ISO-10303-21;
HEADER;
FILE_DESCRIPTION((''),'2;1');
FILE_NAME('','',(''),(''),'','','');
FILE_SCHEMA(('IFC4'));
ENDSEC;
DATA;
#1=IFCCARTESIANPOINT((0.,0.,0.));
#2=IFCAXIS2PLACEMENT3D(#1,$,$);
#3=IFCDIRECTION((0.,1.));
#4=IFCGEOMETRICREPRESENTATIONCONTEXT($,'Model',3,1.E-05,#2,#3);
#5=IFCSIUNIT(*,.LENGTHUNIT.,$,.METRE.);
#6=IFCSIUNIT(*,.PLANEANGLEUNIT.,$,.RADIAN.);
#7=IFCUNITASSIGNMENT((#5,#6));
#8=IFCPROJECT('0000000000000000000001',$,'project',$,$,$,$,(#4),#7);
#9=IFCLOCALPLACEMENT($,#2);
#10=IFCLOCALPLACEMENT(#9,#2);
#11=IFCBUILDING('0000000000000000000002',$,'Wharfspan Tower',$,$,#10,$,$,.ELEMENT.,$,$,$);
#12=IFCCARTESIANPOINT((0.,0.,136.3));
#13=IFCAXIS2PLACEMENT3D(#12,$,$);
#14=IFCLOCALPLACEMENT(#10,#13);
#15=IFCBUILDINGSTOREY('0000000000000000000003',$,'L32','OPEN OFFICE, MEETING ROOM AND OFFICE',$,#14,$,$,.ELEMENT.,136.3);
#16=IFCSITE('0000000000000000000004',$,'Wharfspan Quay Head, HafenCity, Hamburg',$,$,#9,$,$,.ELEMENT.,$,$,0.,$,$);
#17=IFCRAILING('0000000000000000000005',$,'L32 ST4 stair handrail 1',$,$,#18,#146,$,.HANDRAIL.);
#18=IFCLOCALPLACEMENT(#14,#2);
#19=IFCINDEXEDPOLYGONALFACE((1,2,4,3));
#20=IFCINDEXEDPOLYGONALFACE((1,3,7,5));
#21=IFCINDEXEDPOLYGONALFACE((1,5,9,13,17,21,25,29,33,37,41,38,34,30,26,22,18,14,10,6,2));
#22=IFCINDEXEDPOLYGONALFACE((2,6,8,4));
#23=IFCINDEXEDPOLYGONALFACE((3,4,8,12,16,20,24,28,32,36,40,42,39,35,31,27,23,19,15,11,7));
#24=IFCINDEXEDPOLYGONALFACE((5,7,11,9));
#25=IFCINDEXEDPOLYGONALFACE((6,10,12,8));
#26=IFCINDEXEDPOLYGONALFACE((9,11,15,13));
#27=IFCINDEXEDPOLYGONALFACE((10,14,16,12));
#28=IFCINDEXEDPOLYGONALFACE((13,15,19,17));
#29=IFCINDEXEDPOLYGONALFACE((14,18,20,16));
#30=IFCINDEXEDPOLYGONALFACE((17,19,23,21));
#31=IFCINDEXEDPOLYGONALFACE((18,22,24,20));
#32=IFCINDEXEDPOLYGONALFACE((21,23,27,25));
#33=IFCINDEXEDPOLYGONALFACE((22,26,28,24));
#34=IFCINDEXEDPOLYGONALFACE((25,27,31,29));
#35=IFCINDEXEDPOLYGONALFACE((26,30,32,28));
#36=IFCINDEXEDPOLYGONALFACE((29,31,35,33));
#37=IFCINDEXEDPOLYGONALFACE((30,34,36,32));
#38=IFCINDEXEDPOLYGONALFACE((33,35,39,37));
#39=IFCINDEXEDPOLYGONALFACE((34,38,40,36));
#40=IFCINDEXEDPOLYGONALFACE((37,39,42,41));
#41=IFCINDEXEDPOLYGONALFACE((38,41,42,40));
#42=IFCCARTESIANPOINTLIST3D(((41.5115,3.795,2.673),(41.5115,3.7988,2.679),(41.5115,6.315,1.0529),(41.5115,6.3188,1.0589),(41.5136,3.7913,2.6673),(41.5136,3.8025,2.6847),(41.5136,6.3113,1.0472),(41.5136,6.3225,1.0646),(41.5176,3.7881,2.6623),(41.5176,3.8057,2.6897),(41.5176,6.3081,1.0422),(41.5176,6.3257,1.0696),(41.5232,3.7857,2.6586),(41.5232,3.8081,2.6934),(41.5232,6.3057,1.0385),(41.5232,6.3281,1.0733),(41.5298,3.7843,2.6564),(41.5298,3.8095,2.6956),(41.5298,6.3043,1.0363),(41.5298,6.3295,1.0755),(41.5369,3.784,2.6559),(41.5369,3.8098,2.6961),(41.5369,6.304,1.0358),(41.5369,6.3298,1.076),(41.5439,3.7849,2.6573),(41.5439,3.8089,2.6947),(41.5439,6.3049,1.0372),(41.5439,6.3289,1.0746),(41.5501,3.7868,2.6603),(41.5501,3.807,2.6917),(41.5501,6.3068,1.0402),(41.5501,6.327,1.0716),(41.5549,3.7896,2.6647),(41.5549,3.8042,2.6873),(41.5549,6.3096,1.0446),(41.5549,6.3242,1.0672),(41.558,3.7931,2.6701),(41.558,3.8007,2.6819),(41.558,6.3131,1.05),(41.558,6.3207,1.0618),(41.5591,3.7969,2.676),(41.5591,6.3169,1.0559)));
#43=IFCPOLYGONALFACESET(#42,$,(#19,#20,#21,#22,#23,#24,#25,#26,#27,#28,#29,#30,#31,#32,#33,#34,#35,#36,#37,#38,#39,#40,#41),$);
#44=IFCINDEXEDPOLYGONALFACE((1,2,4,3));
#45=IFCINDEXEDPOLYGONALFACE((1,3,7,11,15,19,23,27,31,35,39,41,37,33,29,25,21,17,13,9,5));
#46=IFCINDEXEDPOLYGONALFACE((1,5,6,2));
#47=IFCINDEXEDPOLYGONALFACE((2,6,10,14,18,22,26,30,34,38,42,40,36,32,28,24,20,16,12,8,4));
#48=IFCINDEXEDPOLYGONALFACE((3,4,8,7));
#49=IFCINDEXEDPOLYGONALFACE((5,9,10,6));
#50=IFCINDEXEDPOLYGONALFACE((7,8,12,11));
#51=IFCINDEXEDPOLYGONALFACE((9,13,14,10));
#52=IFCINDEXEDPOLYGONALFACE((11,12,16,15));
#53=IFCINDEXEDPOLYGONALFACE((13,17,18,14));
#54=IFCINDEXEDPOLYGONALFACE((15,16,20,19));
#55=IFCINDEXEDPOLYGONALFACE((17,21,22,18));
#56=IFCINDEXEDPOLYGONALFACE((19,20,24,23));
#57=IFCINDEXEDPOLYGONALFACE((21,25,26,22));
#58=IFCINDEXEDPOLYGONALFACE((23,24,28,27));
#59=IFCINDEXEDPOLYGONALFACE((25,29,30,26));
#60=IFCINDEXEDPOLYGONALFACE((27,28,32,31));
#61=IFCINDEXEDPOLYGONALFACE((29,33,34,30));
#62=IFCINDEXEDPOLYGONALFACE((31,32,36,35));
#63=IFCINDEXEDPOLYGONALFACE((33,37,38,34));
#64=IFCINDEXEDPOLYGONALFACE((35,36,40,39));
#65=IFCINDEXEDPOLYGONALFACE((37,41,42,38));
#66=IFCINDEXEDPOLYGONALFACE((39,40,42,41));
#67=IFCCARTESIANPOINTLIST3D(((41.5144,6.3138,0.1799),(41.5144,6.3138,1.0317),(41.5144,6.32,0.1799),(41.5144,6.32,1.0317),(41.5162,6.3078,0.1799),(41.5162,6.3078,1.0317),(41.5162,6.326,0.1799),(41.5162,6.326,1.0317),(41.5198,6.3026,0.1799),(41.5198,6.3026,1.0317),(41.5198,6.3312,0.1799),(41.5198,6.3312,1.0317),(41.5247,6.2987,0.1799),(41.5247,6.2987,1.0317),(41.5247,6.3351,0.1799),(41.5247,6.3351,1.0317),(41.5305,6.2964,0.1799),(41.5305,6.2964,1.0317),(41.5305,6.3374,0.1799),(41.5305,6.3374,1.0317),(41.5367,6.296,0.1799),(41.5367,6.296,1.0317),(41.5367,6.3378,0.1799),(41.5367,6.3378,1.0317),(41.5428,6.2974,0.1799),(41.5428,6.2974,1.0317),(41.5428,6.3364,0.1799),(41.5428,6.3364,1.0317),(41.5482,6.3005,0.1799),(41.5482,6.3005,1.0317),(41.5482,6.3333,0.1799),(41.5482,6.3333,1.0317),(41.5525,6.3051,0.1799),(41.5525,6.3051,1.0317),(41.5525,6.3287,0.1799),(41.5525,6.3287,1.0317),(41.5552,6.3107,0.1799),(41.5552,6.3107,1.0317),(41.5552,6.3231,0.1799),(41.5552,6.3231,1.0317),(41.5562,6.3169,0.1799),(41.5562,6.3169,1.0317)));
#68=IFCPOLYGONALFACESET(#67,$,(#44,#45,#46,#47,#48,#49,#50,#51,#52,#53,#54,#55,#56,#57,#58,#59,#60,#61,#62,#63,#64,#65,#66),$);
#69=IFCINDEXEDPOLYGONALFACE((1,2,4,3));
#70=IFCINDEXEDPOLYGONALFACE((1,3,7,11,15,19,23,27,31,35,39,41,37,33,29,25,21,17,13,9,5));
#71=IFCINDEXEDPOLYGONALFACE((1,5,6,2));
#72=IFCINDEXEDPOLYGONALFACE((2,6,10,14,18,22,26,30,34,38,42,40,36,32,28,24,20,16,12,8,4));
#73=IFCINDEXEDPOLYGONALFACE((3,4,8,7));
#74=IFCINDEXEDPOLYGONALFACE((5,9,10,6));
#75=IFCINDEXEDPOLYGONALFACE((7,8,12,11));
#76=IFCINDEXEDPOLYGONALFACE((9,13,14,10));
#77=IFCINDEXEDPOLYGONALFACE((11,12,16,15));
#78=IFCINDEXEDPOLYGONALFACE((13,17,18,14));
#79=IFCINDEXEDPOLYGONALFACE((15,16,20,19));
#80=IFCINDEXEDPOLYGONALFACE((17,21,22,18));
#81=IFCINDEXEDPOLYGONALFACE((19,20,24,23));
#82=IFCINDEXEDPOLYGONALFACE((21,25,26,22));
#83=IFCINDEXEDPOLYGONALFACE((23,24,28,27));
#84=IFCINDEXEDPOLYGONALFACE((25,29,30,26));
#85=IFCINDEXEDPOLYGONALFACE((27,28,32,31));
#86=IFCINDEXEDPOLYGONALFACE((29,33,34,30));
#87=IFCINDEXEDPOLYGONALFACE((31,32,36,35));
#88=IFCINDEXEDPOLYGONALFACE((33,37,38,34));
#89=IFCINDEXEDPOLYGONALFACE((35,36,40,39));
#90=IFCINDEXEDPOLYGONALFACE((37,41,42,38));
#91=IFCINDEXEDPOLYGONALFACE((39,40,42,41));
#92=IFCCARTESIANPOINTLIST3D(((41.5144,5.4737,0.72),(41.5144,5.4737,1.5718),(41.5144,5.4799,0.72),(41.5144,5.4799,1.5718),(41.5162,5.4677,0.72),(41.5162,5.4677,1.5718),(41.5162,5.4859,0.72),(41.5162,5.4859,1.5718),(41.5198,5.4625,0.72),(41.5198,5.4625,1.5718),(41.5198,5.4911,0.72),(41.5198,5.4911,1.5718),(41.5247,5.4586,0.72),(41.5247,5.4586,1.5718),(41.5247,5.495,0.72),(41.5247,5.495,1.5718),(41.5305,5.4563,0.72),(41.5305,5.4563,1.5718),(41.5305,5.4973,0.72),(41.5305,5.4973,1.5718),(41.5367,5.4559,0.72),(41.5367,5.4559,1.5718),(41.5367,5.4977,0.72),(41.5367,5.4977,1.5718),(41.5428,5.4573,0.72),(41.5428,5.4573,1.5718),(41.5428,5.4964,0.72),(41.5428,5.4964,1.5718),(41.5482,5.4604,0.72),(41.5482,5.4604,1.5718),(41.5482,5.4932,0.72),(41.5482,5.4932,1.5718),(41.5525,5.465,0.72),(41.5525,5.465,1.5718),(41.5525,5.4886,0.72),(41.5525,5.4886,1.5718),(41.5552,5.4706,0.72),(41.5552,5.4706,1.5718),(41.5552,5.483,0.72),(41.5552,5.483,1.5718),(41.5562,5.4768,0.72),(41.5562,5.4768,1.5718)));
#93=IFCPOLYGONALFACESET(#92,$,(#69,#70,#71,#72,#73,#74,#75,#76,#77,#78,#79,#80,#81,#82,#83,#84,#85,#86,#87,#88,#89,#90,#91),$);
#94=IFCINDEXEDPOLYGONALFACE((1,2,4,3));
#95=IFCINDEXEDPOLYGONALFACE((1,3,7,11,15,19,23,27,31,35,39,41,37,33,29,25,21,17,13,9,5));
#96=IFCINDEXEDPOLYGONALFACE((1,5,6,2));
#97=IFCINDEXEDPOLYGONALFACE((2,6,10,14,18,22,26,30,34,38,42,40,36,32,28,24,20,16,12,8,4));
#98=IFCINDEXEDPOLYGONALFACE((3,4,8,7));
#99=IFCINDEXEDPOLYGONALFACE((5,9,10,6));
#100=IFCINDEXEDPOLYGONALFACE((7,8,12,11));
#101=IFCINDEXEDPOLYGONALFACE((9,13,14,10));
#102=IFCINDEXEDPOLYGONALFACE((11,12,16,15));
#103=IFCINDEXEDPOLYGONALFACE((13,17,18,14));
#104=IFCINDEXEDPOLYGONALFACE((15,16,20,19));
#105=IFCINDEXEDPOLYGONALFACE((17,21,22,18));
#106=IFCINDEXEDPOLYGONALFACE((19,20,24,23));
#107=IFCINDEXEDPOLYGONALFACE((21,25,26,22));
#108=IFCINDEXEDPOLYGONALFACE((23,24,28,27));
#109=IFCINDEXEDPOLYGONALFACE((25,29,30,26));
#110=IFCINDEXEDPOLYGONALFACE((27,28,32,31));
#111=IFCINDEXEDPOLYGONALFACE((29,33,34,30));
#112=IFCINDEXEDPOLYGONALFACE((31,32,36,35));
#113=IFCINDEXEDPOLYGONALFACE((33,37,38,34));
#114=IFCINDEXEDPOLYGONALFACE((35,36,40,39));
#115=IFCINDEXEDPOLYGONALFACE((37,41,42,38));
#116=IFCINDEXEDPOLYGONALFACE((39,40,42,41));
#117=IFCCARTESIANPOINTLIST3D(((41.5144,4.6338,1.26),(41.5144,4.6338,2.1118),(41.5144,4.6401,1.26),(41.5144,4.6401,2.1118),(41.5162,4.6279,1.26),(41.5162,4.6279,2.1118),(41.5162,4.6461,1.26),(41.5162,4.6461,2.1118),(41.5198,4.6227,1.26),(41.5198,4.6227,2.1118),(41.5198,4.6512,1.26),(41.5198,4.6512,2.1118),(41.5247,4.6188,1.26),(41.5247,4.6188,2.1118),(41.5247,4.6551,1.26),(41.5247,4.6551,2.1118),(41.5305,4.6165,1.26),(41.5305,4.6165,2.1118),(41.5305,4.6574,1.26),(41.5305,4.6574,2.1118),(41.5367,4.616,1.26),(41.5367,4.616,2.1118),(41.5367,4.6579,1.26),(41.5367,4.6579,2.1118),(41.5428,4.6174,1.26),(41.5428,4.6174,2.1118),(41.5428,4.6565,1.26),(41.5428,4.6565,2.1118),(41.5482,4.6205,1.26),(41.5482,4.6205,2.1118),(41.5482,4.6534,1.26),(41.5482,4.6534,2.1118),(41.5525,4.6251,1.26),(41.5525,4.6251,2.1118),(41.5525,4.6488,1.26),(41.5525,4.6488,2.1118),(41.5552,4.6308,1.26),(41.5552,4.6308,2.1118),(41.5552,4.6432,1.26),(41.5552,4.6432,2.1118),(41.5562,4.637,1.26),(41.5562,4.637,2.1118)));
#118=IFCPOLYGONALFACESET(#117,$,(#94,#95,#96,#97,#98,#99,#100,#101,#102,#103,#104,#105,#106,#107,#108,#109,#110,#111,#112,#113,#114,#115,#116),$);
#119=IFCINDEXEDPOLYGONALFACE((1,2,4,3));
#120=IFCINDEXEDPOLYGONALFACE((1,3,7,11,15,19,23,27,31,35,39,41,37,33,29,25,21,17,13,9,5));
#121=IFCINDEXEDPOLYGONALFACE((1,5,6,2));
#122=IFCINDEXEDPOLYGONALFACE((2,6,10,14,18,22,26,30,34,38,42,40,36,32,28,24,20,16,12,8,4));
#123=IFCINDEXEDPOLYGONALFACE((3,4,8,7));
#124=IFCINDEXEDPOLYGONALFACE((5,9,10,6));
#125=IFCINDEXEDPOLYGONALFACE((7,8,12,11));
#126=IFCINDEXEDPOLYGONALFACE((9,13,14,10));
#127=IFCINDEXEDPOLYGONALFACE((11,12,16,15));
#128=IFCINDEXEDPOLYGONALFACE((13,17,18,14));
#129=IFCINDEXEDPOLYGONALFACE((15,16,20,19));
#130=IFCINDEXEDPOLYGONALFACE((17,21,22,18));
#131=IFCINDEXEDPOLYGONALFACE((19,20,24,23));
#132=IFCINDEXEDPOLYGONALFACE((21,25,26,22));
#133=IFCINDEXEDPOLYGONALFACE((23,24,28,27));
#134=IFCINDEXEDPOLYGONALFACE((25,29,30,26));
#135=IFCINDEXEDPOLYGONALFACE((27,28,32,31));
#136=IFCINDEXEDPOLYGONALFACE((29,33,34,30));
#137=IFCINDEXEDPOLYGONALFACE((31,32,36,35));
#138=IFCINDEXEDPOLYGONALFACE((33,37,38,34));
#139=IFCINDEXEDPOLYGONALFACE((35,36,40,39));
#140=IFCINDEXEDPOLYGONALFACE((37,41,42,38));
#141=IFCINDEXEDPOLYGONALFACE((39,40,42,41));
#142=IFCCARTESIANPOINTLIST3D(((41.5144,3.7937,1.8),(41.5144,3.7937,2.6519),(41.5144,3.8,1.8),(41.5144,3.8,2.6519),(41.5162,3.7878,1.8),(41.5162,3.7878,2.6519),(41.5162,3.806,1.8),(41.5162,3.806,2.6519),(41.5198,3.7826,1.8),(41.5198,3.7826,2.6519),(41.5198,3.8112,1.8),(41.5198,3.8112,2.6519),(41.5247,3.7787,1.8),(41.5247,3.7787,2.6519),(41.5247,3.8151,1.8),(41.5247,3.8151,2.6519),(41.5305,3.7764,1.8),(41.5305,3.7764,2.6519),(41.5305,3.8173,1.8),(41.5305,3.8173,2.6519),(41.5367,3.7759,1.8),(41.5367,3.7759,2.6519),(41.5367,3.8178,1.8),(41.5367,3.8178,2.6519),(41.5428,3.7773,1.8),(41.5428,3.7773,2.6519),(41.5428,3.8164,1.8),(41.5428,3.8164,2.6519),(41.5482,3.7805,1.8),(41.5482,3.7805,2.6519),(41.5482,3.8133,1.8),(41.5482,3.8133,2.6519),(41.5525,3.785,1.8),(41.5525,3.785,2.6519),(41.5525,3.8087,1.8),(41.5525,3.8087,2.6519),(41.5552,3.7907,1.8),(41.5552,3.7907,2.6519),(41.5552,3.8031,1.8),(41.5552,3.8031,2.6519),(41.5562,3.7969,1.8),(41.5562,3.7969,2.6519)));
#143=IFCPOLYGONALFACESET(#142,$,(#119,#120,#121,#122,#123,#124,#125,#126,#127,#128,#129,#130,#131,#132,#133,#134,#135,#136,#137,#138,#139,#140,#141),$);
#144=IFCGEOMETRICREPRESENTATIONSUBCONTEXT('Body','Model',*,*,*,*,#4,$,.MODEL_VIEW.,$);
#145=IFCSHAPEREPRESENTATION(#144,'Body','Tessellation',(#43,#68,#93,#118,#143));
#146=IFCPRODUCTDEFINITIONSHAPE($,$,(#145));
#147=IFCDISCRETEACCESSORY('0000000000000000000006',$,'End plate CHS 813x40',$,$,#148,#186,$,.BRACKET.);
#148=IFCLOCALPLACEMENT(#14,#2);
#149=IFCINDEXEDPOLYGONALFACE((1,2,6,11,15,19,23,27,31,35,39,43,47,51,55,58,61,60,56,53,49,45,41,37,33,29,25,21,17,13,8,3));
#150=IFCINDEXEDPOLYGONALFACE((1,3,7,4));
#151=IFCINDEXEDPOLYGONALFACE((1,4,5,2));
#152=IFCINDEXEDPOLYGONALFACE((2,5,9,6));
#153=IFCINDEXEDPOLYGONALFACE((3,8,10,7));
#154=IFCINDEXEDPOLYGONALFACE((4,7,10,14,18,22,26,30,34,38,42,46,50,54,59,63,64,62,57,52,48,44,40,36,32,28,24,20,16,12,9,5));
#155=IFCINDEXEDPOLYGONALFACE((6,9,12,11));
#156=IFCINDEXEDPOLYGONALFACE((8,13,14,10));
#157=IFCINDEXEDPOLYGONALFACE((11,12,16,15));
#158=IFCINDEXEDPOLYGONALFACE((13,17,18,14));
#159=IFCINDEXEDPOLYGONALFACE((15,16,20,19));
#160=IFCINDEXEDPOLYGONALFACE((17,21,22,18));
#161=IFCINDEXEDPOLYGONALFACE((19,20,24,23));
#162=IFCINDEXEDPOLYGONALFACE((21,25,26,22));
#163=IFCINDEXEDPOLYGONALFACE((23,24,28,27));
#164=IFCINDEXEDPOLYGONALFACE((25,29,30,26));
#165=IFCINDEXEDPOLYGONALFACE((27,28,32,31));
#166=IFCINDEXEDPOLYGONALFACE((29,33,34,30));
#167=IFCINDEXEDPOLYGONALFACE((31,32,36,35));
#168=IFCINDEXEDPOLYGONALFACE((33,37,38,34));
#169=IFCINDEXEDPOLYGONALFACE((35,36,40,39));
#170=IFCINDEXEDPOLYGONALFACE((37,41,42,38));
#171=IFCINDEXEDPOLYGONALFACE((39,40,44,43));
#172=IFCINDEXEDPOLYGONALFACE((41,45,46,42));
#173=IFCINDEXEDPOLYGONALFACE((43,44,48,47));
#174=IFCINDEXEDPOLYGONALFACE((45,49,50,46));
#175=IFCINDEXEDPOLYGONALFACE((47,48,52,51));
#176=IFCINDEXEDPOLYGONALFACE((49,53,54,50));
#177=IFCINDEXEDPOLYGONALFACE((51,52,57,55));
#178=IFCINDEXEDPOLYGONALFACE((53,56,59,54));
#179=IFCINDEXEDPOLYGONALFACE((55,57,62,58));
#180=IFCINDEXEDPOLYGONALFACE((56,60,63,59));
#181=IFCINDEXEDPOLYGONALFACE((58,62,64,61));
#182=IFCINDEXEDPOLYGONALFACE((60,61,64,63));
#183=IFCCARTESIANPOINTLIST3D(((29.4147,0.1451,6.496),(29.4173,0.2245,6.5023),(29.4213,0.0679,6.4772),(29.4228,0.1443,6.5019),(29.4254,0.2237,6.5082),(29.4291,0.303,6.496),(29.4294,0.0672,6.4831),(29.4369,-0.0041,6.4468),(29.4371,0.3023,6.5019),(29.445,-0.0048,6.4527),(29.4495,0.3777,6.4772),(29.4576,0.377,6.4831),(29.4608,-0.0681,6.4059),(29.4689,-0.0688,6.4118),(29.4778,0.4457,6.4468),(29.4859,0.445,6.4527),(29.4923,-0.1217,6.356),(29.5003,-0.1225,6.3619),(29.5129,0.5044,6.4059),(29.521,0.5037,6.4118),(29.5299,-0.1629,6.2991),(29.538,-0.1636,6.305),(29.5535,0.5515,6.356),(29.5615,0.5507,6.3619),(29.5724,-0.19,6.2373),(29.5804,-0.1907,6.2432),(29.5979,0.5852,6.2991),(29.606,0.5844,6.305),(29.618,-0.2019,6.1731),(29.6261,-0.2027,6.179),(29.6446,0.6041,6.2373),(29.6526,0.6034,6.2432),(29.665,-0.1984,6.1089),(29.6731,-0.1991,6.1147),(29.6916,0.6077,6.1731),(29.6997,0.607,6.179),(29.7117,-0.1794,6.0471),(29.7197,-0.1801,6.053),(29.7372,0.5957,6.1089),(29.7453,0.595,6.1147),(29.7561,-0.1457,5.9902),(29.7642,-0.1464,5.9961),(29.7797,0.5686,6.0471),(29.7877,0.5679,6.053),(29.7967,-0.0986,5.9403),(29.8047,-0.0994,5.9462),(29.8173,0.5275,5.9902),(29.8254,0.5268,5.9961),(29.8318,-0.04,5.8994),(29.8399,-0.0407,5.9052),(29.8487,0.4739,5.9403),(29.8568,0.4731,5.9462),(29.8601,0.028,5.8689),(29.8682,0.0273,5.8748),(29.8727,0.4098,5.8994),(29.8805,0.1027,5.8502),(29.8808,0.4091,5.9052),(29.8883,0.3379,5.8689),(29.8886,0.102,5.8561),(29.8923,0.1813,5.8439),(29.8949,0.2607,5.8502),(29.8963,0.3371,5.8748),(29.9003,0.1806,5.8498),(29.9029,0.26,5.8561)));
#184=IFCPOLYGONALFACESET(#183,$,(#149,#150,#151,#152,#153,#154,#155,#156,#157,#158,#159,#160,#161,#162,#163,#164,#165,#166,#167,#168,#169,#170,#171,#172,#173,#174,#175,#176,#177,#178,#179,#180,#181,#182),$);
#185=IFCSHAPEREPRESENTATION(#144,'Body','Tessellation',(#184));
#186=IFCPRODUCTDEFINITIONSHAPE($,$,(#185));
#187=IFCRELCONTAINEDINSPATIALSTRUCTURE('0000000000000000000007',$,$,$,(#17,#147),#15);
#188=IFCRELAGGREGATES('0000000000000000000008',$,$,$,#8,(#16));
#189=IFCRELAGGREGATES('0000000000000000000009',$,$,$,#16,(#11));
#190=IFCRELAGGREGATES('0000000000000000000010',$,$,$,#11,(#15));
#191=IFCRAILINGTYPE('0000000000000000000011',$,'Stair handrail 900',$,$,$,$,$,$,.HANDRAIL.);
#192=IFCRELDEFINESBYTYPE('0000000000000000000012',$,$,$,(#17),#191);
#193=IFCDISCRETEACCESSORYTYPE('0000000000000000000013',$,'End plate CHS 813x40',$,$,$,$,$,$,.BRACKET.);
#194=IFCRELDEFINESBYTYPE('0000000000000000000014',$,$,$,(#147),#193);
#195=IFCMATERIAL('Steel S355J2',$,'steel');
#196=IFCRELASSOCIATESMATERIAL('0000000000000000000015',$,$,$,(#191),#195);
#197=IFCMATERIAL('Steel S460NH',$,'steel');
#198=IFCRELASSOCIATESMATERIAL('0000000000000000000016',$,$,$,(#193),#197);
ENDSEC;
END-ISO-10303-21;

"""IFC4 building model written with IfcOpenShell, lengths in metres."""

from ifc_helpers import new_model, si_unit, direction, frame, origin, origin_2d, place, context, subcontext, project, spatial, circle, extrude, material, material_profile, profile_set, type_object, element, save


model = new_model("IFC4")

# Units and contexts
model_context = context("Model", 3, precision=1e-05, world=origin(), true_north=direction((0.0, 1.0)))
body_context = subcontext(model_context, "Body", "Model", "MODEL_VIEW")
ifc_project = project(units=[si_unit("LENGTHUNIT", "METRE"), si_unit("PLANEANGLEUNIT", "RADIAN")], contexts=[model_context])

# Site, building, storey
site_placement = place(None, origin())
site = spatial("IfcSite", under=ifc_project, at=site_placement, Name="Wharfspan Quay Head, HafenCity, Hamburg", CompositionType="ELEMENT", RefElevation=0.0)
building_placement = place(site_placement, origin())
building = spatial("IfcBuilding", under=site, at=building_placement, Name="Wharfspan Tower", CompositionType="ELEMENT")
storey_placement = place(building_placement, frame((0.0, 0.0, 136.3)))
storey = spatial("IfcBuildingStorey", under=building, at=storey_placement, Name="L32", Description="OPEN OFFICE, MEETING ROOM AND OFFICE", CompositionType="ELEMENT", Elevation=136.3)

# Shared definitions
ifc_material_1 = material(Name="Steel S355J2", Category="steel")

# Shared definitions
ifc_material_2 = material(Name="Steel S460NH", Category="steel")

# Railing
railing_type = type_object("IfcRailingType", Name="Stair handrail 900", PredefinedType="HANDRAIL", material=ifc_material_1)
railing_placement = place(storey_placement, frame((41.5352, 6.3169, 0.1799)))
element("IfcRailing", 1, at=railing_placement, inside=storey, type_object=railing_type, Name="L32 ST4 stair handrail 1", PredefinedType="HANDRAIL", context=body_context, shape_type="SweptSolid", body=[
    extrude(circle(Radius=0.0239, at=origin_2d()), frame((0.0, 0.0, 0.876), z_axis=(0.0, -0.841163, 0.540782), x_axis=(1.0, 0.0, 0.0)), (0.0, 0.0, 1.0), 2.9958),
    extrude(circle(Radius=0.021, at=origin_2d()), origin(), (0.0, 0.0, 1.0), 0.8518),
    extrude(circle(Radius=0.021, at=origin_2d()), frame((0.0, -0.8401, 0.54)), (0.0, 0.0, 1.0), 0.8518),
    extrude(circle(Radius=0.021, at=origin_2d()), frame((0.0, -1.6799, 1.0801)), (0.0, 0.0, 1.0), 0.8518),
    extrude(circle(Radius=0.021, at=origin_2d()), frame((0.0, -2.52, 1.6201)), (0.0, 0.0, 1.0), 0.8518),
])

# Discrete accessory
ifc_material_profile_1 = material_profile(ifc_material_2, circle(Radius=0.4065, at=origin_2d()))
ifc_profile_set_1 = profile_set([ifc_material_profile_1], Name="Steel S460NH")
discrete_accessory_type = type_object("IfcDiscreteAccessoryType", Name="End plate CHS 813x40", PredefinedType="BRACKET", material=ifc_profile_set_1)
for number, where, z_axis, x_axis, name in (
    (2, (29.6548, 0.2029, 6.1731), (0.806559, -0.073324, 0.586588), (0.090536, 0.99589, 0.0), "End plate CHS 813x40"),
):
    element("IfcDiscreteAccessory", number, at=place(storey_placement, frame(where, z_axis=z_axis, x_axis=x_axis)), inside=storey, type_object=discrete_accessory_type, Name=name, PredefinedType="BRACKET", context=body_context, shape_type="SweptSolid", body=[
        extrude(circle(Radius=0.4065, at=origin_2d()), origin(), (0.0, 0.0, 1.0), 0.01),
    ])

save(model, "model.ifc")
